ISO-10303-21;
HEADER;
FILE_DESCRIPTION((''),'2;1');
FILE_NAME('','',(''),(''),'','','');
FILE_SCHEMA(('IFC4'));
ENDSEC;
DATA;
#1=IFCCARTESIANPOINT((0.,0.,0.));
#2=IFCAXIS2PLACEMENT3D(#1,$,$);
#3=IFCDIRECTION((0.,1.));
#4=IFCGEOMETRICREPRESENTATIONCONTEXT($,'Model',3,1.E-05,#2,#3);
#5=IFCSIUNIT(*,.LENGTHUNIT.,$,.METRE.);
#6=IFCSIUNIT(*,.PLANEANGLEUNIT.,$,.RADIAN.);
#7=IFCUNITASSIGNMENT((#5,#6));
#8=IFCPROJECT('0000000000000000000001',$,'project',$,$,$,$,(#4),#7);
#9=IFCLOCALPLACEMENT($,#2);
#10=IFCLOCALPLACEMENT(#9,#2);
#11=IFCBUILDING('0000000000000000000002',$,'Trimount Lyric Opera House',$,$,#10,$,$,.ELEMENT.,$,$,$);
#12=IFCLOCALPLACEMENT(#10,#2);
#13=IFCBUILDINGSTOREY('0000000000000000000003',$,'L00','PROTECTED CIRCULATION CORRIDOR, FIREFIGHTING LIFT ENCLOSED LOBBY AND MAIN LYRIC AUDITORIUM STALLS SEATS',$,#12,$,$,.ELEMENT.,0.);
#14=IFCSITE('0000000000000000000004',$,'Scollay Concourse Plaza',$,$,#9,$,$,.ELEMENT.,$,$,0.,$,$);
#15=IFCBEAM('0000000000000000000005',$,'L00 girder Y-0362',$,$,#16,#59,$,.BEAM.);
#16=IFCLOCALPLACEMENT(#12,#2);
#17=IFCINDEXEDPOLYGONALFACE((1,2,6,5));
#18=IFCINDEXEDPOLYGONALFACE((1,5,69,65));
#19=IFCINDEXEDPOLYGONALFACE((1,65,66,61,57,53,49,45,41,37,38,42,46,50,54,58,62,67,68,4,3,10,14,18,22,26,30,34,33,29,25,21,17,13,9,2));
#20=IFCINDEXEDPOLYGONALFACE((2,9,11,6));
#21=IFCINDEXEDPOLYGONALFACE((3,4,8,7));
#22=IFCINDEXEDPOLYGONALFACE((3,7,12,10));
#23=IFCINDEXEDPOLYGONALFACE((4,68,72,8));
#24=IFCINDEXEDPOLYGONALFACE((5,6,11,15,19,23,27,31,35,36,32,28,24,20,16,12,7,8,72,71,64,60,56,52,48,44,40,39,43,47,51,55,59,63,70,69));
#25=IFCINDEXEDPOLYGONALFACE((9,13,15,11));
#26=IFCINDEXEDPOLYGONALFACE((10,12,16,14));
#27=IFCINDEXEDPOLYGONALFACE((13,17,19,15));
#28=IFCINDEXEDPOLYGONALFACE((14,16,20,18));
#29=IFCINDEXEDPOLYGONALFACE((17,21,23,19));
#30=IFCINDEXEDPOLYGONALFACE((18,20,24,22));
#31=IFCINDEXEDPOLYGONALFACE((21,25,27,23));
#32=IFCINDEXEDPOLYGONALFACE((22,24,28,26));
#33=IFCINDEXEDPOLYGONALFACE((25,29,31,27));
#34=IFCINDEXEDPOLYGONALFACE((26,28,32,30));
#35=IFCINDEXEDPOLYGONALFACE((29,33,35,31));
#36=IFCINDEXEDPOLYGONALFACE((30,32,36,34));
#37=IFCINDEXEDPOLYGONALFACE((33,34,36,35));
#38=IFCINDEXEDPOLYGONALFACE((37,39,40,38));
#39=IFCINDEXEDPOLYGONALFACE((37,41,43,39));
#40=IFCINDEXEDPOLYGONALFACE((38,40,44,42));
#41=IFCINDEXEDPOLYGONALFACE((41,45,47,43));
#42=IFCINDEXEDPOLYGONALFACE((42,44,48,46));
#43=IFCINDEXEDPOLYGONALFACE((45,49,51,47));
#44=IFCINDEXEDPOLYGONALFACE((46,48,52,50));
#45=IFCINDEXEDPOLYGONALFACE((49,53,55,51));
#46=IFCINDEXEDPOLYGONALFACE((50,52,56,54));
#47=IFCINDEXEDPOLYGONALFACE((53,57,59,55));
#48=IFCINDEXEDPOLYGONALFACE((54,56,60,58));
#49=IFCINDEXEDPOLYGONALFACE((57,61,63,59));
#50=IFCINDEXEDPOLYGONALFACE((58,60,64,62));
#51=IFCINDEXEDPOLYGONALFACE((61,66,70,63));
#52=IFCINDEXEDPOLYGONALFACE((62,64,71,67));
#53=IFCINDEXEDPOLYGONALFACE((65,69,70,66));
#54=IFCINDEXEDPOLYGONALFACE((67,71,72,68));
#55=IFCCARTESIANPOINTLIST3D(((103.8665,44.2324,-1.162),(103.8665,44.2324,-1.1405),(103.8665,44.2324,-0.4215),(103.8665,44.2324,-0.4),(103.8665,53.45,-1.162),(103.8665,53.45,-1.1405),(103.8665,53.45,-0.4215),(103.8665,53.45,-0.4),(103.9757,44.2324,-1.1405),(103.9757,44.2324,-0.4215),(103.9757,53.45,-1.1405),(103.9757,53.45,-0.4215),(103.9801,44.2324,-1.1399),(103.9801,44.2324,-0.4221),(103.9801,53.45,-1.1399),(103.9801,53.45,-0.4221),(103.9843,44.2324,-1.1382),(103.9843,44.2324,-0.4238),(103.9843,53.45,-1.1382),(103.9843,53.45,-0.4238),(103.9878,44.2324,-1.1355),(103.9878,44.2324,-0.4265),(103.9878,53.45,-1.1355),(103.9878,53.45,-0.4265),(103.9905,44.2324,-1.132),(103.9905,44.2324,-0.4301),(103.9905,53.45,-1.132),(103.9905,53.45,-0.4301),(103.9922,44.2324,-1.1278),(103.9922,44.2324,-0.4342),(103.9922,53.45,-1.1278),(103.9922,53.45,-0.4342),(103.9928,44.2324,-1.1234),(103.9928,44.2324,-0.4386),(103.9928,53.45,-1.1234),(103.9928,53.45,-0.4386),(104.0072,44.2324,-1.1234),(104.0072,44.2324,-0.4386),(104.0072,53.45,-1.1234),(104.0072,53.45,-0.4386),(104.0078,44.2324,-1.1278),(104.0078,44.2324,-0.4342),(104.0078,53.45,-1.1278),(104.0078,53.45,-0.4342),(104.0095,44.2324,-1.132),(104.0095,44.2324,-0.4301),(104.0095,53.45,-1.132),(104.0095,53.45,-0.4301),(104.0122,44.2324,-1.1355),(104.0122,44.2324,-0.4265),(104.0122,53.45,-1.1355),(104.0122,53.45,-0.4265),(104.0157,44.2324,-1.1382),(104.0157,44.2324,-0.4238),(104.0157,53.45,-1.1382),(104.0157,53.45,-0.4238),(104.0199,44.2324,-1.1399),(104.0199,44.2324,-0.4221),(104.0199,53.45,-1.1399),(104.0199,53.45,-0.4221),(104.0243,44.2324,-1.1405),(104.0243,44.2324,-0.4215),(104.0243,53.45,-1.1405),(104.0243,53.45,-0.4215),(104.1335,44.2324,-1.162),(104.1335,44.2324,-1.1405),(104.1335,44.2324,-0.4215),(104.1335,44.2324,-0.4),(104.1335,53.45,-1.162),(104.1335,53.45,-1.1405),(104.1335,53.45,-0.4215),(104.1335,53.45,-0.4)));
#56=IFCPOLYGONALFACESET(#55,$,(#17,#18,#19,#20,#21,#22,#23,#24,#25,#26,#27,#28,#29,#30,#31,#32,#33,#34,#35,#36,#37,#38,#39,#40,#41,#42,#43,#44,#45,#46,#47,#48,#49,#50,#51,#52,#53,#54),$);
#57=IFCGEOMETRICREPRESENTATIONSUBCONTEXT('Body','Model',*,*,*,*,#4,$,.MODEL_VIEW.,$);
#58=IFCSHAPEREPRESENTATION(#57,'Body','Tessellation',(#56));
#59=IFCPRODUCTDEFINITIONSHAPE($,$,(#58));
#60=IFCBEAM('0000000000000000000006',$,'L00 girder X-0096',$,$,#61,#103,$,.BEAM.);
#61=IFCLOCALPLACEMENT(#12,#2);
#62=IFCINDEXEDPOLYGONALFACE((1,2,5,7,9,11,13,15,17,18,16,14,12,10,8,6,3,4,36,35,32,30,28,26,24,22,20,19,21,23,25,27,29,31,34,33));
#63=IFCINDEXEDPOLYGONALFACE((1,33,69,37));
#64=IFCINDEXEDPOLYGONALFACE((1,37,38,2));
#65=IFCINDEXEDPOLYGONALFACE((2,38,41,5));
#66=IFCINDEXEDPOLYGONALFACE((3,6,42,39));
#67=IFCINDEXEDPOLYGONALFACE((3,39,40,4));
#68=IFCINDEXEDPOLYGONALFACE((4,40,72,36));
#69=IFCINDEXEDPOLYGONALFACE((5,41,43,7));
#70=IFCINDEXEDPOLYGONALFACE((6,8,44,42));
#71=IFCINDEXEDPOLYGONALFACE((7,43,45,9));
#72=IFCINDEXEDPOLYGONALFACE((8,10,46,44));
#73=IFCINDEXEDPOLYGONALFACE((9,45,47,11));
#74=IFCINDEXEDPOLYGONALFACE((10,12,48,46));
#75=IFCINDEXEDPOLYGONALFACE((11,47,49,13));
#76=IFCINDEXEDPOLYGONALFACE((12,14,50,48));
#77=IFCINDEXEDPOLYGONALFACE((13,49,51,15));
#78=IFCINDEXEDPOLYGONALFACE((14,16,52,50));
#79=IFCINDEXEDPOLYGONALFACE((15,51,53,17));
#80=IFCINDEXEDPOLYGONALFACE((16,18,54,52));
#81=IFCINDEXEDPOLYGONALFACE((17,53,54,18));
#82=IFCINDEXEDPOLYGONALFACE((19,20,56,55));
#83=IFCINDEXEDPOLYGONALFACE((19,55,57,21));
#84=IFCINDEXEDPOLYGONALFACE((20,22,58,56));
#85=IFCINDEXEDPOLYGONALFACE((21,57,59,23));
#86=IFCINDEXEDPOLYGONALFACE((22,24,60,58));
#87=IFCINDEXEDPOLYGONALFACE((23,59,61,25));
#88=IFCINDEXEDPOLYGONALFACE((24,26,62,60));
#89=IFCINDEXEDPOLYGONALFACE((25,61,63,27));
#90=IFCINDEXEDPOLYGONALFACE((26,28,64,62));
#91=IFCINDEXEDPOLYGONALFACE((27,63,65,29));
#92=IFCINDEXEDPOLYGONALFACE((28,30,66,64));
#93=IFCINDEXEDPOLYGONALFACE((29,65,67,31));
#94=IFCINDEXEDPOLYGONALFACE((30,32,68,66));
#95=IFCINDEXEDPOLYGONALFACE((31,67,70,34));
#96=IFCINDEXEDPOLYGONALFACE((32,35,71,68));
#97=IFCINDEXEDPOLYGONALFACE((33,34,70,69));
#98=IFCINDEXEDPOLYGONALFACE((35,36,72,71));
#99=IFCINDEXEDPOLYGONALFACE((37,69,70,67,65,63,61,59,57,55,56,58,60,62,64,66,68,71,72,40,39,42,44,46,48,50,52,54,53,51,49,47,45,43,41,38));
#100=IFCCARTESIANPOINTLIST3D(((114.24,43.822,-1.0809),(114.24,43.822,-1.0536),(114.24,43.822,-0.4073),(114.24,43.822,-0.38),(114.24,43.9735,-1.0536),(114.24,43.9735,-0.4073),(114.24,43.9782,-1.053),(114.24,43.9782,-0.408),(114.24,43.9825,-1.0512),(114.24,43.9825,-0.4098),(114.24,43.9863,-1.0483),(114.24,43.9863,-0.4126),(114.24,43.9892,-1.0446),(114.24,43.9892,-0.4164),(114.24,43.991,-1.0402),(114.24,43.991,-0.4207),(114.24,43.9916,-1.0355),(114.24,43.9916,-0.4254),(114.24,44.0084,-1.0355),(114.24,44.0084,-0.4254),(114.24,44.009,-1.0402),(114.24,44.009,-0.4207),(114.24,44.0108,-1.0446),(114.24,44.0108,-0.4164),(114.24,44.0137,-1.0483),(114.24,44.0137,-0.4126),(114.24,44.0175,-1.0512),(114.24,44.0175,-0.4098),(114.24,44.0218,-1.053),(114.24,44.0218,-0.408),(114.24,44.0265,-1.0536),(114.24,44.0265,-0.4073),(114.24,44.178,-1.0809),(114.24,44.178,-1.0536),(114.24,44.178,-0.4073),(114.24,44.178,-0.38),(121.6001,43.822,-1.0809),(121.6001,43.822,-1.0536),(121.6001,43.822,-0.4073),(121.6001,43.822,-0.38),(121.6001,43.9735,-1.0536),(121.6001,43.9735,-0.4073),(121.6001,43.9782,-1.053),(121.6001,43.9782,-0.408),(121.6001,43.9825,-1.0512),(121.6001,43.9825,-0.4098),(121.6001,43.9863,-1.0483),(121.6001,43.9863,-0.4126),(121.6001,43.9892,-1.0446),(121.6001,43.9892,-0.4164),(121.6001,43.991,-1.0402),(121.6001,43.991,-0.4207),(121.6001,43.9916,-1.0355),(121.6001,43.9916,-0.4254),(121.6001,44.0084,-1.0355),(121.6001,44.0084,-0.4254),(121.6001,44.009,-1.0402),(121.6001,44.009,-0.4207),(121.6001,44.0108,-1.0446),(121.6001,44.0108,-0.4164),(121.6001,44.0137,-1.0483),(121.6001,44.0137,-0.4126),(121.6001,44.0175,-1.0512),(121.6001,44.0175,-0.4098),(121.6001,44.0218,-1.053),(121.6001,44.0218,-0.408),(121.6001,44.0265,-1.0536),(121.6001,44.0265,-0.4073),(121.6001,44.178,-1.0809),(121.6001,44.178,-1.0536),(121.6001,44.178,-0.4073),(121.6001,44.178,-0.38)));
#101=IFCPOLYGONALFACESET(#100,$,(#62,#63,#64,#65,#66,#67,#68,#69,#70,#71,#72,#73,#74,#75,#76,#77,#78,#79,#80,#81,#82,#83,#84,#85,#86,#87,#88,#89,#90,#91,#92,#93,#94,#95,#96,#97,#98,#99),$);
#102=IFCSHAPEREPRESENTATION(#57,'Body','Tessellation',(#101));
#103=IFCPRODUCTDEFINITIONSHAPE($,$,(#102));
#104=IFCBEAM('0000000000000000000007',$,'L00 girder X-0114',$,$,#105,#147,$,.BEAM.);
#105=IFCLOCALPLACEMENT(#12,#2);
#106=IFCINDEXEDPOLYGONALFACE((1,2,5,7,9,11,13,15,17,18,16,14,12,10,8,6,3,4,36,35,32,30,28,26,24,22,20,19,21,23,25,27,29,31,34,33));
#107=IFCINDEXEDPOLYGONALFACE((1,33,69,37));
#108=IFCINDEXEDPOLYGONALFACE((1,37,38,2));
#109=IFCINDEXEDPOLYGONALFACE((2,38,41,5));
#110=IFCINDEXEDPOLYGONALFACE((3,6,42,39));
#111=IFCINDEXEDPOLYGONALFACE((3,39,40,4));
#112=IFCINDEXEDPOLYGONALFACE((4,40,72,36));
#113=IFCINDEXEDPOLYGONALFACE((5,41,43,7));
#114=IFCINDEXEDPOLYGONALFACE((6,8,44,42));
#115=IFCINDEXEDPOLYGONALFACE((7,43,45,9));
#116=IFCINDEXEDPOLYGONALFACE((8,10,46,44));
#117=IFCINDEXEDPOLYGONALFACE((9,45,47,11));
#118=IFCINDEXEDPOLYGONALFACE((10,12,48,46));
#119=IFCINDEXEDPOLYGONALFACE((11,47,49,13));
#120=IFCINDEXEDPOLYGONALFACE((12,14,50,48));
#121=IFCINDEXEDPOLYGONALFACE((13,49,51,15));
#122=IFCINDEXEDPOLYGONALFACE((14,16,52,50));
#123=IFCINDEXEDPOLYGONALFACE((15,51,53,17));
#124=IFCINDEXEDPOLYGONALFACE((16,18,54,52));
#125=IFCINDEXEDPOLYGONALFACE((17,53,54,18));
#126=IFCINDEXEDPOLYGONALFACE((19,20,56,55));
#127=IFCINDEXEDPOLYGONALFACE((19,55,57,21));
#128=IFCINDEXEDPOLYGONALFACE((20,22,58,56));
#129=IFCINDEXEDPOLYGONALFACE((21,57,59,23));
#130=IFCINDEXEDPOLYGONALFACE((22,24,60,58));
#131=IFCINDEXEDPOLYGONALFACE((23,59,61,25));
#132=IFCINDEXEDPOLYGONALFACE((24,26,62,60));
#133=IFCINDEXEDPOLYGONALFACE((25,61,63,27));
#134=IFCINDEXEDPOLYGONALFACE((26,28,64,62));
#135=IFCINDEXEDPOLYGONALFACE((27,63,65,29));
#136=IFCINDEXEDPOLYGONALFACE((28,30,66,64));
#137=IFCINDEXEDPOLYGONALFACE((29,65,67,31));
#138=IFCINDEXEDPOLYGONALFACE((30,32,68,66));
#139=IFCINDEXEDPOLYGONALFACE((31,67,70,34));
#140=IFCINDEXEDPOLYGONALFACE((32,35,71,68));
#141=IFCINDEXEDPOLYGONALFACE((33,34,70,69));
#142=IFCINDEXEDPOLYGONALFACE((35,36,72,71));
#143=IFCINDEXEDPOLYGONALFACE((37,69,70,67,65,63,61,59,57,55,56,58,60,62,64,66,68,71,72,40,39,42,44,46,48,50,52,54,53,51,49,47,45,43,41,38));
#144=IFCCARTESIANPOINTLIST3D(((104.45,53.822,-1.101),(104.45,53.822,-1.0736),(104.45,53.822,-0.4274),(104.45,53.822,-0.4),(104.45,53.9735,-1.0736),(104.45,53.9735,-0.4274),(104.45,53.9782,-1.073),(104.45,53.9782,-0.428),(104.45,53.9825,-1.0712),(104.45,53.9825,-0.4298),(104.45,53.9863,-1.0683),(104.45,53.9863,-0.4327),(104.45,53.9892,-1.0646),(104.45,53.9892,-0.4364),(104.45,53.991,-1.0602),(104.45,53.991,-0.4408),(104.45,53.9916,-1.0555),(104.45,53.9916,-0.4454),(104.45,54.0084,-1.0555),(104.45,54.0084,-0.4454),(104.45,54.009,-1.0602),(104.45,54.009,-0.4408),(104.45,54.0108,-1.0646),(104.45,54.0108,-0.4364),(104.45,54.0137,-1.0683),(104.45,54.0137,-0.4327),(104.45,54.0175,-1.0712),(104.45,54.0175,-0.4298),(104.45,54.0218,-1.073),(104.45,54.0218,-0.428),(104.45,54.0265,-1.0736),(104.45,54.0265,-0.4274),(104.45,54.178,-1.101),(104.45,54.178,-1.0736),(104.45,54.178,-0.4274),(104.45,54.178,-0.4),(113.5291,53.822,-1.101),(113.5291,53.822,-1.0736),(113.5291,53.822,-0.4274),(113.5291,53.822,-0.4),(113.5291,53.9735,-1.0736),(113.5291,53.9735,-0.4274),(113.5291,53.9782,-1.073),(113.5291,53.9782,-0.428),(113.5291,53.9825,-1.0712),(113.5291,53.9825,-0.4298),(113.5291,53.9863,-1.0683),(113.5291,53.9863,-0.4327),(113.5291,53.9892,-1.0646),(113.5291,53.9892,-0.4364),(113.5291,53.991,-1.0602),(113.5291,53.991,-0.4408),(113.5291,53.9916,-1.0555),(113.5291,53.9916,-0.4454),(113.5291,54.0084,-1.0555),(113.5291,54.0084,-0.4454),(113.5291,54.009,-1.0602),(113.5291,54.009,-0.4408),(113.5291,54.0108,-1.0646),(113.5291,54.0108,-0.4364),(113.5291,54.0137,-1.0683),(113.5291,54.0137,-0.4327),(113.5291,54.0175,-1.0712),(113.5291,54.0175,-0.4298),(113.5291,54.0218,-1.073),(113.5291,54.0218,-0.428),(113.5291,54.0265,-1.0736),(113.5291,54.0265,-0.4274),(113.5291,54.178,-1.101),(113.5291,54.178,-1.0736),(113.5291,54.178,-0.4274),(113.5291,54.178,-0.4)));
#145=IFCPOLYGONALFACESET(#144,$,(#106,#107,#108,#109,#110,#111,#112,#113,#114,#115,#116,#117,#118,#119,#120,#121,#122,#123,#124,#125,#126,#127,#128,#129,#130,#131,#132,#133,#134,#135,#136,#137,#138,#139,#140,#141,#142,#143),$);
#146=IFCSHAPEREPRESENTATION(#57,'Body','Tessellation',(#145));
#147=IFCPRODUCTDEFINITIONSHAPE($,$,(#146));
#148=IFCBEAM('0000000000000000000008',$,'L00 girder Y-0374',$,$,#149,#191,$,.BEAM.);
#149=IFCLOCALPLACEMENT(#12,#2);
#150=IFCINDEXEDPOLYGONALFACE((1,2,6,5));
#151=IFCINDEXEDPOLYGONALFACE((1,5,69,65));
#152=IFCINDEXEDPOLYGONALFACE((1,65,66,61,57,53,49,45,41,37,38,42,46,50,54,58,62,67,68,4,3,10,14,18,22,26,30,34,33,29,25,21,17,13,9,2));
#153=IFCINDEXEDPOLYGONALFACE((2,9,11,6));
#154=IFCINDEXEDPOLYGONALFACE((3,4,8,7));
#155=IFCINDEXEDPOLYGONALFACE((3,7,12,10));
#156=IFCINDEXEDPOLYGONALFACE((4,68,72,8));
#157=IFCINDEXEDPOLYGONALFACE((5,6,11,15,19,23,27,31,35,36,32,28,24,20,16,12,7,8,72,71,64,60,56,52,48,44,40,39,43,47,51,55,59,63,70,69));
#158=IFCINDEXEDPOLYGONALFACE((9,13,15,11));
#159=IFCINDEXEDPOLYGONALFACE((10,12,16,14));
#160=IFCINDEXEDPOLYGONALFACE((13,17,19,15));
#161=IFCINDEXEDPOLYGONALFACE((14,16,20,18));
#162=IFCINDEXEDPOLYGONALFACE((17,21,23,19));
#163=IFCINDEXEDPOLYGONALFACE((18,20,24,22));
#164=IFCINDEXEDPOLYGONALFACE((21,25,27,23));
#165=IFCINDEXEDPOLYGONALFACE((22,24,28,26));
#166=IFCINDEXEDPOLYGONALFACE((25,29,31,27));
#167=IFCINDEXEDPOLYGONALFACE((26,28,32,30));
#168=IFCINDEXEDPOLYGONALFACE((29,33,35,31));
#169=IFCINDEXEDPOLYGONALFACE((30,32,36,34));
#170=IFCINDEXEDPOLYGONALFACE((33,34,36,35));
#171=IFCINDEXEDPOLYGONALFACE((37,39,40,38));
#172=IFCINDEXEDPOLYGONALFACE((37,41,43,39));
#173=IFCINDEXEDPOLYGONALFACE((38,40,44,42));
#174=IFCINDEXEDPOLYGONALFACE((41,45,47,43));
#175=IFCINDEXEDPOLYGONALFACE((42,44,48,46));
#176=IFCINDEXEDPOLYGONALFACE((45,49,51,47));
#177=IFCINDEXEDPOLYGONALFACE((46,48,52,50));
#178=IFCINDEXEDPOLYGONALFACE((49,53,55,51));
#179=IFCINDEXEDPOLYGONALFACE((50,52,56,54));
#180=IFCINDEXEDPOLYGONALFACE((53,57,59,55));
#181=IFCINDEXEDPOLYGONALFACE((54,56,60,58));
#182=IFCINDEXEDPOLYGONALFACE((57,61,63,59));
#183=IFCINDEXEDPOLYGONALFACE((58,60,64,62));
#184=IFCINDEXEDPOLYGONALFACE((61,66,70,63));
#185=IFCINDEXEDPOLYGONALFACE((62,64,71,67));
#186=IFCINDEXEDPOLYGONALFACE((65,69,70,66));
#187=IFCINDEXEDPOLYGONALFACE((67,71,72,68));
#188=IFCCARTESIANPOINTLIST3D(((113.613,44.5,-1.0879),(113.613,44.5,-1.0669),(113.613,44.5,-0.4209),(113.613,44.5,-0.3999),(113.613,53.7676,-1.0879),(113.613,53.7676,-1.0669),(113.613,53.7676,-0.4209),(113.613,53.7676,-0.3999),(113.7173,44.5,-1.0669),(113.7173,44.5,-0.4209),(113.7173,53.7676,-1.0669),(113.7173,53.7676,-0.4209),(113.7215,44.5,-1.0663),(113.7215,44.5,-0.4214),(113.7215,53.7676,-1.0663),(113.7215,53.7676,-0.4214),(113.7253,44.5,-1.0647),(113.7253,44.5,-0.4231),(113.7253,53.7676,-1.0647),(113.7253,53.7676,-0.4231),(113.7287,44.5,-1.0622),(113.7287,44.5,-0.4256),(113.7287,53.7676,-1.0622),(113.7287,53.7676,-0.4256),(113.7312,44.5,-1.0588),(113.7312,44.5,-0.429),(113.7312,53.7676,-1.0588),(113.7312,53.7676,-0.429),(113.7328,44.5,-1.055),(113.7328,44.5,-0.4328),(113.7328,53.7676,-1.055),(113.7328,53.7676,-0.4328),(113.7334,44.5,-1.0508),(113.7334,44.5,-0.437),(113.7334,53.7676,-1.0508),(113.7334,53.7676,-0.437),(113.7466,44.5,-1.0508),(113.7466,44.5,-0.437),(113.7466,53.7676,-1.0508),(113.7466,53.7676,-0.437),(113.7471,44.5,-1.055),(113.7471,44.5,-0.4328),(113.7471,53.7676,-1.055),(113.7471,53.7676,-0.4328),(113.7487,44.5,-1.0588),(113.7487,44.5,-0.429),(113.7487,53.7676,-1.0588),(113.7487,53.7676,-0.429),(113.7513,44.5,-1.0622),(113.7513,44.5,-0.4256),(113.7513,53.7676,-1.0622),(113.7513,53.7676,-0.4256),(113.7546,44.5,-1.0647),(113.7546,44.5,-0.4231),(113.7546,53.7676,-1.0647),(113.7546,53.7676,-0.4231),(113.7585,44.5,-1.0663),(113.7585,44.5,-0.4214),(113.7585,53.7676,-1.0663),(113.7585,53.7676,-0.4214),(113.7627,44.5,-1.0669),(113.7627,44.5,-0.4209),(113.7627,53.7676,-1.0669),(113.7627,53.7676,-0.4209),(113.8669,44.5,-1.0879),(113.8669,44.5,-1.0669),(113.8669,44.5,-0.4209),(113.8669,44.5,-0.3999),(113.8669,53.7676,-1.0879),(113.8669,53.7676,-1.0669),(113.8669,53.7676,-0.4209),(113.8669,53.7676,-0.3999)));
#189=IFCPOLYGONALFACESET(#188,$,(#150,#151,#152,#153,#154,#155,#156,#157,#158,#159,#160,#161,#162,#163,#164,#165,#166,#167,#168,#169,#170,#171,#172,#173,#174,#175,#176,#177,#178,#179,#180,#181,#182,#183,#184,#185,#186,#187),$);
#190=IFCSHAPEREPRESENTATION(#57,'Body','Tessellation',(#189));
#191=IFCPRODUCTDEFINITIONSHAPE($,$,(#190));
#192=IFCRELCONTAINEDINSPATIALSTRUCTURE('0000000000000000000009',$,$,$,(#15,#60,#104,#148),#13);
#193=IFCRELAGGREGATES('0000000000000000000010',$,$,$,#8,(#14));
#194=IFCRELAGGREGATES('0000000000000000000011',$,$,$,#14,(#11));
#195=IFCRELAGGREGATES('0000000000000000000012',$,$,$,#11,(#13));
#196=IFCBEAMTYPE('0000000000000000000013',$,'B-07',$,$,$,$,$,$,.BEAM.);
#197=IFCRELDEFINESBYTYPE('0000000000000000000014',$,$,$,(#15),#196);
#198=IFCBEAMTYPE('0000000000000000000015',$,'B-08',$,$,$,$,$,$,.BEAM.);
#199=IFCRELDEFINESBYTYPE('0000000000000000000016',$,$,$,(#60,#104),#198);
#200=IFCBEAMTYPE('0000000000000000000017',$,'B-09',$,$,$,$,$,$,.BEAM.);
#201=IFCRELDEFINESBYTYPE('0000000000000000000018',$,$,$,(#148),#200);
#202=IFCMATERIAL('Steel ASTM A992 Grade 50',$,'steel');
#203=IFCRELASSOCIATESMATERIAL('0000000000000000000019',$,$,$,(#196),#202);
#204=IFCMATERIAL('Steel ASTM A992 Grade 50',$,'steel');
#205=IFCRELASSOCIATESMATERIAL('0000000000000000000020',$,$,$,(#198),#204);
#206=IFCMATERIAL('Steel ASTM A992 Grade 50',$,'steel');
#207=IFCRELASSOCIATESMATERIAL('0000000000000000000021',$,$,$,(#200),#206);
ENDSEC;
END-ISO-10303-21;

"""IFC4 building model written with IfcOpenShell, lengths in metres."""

from ifc_helpers import new_model, si_unit, direction, frame, origin, origin_2d, place, context, subcontext, project, spatial, i_section, extrude, material, material_profile, profile_set, type_object, element, save


model = new_model("IFC4")

# Units and contexts
model_context = context("Model", 3, precision=1e-05, world=origin(), true_north=direction((0.0, 1.0)))
body_context = subcontext(model_context, "Body", "Model", "MODEL_VIEW")
ifc_project = project(units=[si_unit("LENGTHUNIT", "METRE"), si_unit("PLANEANGLEUNIT", "RADIAN")], contexts=[model_context])

# Site, building, storey
site_placement = place(None, origin())
site = spatial("IfcSite", under=ifc_project, at=site_placement, Name="Scollay Concourse Plaza", CompositionType="ELEMENT", RefElevation=0.0)
building_placement = place(site_placement, origin())
building = spatial("IfcBuilding", under=site, at=building_placement, Name="Trimount Lyric Opera House", CompositionType="ELEMENT")
storey_placement = place(building_placement, origin())
storey = spatial("IfcBuildingStorey", under=building, at=storey_placement, Name="L00", Description="PROTECTED CIRCULATION CORRIDOR, FIREFIGHTING LIFT ENCLOSED LOBBY AND MAIN LYRIC AUDITORIUM STALLS SEATS", CompositionType="ELEMENT", Elevation=0.0)

# Beams
ifc_material_1 = material(Name="Steel ASTM A992 Grade 50", Category="steel")
ifc_material_profile_1 = material_profile(ifc_material_1, i_section(OverallWidth=0.2671, OverallDepth=0.762, WebThickness=0.0144, FlangeThickness=0.0215, FilletRadius=0.0171, at=origin_2d()), Name="W30X116")
ifc_profile_set_1 = profile_set([ifc_material_profile_1], Name="Steel ASTM A992 Grade 50")
beam_type_1 = type_object("IfcBeamType", Name="B-07", PredefinedType="BEAM", material=ifc_profile_set_1)
beam_1_placement = place(storey_placement, frame((104.0, 44.2324, -0.781), z_axis=(0.0, 1.0, 0.0), x_axis=(-1.0, 0.0, 0.0)))
element("IfcBeam", 1, at=beam_1_placement, inside=storey, type_object=beam_type_1, Name="L00 girder Y-0362", PredefinedType="BEAM", context=body_context, shape_type="SweptSolid", body=[
    extrude(i_section(OverallWidth=0.2671, OverallDepth=0.762, WebThickness=0.0144, FlangeThickness=0.0215, FilletRadius=0.0171, at=origin_2d()), origin(), (0.0, 0.0, 1.0), 9.2175),
])
ifc_material_2 = material(Name="Steel ASTM A992 Grade 50", Category="steel")
ifc_material_profile_2 = material_profile(ifc_material_2, i_section(OverallWidth=0.356, OverallDepth=0.7009, WebThickness=0.0168, FlangeThickness=0.0273, FilletRadius=0.0181, at=origin_2d()), Name="W27X161")
ifc_profile_set_2 = profile_set([ifc_material_profile_2], Name="Steel ASTM A992 Grade 50")
beam_type_2 = type_object("IfcBeamType", Name="B-08", PredefinedType="BEAM", material=ifc_profile_set_2)
beam_2_placement = place(storey_placement, frame((114.24, 44.0, -0.7305), z_axis=(1.0, 0.0, 0.0), x_axis=(0.0, 1.0, 0.0)))
element("IfcBeam", 2, at=beam_2_placement, inside=storey, type_object=beam_type_2, Name="L00 girder X-0096", PredefinedType="BEAM", context=body_context, shape_type="SweptSolid", body=[
    extrude(i_section(OverallWidth=0.356, OverallDepth=0.7009, WebThickness=0.0168, FlangeThickness=0.0273, FilletRadius=0.0181, at=origin_2d()), origin(), (0.0, 0.0, 1.0), 7.3601),
])
beam_3_placement = place(storey_placement, frame((104.45, 54.0, -0.7505), z_axis=(1.0, 0.0, 0.0), x_axis=(0.0, 1.0, 0.0)))
element("IfcBeam", 3, at=beam_3_placement, inside=storey, type_object=beam_type_2, Name="L00 girder X-0114", PredefinedType="BEAM", context=body_context, shape_type="SweptSolid", body=[
    extrude(i_section(OverallWidth=0.356, OverallDepth=0.7009, WebThickness=0.0168, FlangeThickness=0.0273, FilletRadius=0.0181, at=origin_2d()), origin(), (0.0, 0.0, 1.0), 9.0791),
])
ifc_material_3 = material(Name="Steel ASTM A992 Grade 50", Category="steel")
ifc_material_profile_3 = material_profile(ifc_material_3, i_section(OverallWidth=0.2539, OverallDepth=0.688, WebThickness=0.0132, FlangeThickness=0.021, FilletRadius=0.0161, at=origin_2d()), Name="W27X102")
ifc_profile_set_3 = profile_set([ifc_material_profile_3], Name="Steel ASTM A992 Grade 50")
beam_type_3 = type_object("IfcBeamType", Name="B-09", PredefinedType="BEAM", material=ifc_profile_set_3)
beam_4_placement = place(storey_placement, frame((113.74, 44.5, -0.7439), z_axis=(0.0, 1.0, 0.0), x_axis=(-1.0, 0.0, 0.0)))
element("IfcBeam", 4, at=beam_4_placement, inside=storey, type_object=beam_type_3, Name="L00 girder Y-0374", PredefinedType="BEAM", context=body_context, shape_type="SweptSolid", body=[
    extrude(i_section(OverallWidth=0.2539, OverallDepth=0.688, WebThickness=0.0132, FlangeThickness=0.021, FilletRadius=0.0161, at=origin_2d()), origin(), (0.0, 0.0, 1.0), 9.2676),
])

save(model, "model.ifc")
